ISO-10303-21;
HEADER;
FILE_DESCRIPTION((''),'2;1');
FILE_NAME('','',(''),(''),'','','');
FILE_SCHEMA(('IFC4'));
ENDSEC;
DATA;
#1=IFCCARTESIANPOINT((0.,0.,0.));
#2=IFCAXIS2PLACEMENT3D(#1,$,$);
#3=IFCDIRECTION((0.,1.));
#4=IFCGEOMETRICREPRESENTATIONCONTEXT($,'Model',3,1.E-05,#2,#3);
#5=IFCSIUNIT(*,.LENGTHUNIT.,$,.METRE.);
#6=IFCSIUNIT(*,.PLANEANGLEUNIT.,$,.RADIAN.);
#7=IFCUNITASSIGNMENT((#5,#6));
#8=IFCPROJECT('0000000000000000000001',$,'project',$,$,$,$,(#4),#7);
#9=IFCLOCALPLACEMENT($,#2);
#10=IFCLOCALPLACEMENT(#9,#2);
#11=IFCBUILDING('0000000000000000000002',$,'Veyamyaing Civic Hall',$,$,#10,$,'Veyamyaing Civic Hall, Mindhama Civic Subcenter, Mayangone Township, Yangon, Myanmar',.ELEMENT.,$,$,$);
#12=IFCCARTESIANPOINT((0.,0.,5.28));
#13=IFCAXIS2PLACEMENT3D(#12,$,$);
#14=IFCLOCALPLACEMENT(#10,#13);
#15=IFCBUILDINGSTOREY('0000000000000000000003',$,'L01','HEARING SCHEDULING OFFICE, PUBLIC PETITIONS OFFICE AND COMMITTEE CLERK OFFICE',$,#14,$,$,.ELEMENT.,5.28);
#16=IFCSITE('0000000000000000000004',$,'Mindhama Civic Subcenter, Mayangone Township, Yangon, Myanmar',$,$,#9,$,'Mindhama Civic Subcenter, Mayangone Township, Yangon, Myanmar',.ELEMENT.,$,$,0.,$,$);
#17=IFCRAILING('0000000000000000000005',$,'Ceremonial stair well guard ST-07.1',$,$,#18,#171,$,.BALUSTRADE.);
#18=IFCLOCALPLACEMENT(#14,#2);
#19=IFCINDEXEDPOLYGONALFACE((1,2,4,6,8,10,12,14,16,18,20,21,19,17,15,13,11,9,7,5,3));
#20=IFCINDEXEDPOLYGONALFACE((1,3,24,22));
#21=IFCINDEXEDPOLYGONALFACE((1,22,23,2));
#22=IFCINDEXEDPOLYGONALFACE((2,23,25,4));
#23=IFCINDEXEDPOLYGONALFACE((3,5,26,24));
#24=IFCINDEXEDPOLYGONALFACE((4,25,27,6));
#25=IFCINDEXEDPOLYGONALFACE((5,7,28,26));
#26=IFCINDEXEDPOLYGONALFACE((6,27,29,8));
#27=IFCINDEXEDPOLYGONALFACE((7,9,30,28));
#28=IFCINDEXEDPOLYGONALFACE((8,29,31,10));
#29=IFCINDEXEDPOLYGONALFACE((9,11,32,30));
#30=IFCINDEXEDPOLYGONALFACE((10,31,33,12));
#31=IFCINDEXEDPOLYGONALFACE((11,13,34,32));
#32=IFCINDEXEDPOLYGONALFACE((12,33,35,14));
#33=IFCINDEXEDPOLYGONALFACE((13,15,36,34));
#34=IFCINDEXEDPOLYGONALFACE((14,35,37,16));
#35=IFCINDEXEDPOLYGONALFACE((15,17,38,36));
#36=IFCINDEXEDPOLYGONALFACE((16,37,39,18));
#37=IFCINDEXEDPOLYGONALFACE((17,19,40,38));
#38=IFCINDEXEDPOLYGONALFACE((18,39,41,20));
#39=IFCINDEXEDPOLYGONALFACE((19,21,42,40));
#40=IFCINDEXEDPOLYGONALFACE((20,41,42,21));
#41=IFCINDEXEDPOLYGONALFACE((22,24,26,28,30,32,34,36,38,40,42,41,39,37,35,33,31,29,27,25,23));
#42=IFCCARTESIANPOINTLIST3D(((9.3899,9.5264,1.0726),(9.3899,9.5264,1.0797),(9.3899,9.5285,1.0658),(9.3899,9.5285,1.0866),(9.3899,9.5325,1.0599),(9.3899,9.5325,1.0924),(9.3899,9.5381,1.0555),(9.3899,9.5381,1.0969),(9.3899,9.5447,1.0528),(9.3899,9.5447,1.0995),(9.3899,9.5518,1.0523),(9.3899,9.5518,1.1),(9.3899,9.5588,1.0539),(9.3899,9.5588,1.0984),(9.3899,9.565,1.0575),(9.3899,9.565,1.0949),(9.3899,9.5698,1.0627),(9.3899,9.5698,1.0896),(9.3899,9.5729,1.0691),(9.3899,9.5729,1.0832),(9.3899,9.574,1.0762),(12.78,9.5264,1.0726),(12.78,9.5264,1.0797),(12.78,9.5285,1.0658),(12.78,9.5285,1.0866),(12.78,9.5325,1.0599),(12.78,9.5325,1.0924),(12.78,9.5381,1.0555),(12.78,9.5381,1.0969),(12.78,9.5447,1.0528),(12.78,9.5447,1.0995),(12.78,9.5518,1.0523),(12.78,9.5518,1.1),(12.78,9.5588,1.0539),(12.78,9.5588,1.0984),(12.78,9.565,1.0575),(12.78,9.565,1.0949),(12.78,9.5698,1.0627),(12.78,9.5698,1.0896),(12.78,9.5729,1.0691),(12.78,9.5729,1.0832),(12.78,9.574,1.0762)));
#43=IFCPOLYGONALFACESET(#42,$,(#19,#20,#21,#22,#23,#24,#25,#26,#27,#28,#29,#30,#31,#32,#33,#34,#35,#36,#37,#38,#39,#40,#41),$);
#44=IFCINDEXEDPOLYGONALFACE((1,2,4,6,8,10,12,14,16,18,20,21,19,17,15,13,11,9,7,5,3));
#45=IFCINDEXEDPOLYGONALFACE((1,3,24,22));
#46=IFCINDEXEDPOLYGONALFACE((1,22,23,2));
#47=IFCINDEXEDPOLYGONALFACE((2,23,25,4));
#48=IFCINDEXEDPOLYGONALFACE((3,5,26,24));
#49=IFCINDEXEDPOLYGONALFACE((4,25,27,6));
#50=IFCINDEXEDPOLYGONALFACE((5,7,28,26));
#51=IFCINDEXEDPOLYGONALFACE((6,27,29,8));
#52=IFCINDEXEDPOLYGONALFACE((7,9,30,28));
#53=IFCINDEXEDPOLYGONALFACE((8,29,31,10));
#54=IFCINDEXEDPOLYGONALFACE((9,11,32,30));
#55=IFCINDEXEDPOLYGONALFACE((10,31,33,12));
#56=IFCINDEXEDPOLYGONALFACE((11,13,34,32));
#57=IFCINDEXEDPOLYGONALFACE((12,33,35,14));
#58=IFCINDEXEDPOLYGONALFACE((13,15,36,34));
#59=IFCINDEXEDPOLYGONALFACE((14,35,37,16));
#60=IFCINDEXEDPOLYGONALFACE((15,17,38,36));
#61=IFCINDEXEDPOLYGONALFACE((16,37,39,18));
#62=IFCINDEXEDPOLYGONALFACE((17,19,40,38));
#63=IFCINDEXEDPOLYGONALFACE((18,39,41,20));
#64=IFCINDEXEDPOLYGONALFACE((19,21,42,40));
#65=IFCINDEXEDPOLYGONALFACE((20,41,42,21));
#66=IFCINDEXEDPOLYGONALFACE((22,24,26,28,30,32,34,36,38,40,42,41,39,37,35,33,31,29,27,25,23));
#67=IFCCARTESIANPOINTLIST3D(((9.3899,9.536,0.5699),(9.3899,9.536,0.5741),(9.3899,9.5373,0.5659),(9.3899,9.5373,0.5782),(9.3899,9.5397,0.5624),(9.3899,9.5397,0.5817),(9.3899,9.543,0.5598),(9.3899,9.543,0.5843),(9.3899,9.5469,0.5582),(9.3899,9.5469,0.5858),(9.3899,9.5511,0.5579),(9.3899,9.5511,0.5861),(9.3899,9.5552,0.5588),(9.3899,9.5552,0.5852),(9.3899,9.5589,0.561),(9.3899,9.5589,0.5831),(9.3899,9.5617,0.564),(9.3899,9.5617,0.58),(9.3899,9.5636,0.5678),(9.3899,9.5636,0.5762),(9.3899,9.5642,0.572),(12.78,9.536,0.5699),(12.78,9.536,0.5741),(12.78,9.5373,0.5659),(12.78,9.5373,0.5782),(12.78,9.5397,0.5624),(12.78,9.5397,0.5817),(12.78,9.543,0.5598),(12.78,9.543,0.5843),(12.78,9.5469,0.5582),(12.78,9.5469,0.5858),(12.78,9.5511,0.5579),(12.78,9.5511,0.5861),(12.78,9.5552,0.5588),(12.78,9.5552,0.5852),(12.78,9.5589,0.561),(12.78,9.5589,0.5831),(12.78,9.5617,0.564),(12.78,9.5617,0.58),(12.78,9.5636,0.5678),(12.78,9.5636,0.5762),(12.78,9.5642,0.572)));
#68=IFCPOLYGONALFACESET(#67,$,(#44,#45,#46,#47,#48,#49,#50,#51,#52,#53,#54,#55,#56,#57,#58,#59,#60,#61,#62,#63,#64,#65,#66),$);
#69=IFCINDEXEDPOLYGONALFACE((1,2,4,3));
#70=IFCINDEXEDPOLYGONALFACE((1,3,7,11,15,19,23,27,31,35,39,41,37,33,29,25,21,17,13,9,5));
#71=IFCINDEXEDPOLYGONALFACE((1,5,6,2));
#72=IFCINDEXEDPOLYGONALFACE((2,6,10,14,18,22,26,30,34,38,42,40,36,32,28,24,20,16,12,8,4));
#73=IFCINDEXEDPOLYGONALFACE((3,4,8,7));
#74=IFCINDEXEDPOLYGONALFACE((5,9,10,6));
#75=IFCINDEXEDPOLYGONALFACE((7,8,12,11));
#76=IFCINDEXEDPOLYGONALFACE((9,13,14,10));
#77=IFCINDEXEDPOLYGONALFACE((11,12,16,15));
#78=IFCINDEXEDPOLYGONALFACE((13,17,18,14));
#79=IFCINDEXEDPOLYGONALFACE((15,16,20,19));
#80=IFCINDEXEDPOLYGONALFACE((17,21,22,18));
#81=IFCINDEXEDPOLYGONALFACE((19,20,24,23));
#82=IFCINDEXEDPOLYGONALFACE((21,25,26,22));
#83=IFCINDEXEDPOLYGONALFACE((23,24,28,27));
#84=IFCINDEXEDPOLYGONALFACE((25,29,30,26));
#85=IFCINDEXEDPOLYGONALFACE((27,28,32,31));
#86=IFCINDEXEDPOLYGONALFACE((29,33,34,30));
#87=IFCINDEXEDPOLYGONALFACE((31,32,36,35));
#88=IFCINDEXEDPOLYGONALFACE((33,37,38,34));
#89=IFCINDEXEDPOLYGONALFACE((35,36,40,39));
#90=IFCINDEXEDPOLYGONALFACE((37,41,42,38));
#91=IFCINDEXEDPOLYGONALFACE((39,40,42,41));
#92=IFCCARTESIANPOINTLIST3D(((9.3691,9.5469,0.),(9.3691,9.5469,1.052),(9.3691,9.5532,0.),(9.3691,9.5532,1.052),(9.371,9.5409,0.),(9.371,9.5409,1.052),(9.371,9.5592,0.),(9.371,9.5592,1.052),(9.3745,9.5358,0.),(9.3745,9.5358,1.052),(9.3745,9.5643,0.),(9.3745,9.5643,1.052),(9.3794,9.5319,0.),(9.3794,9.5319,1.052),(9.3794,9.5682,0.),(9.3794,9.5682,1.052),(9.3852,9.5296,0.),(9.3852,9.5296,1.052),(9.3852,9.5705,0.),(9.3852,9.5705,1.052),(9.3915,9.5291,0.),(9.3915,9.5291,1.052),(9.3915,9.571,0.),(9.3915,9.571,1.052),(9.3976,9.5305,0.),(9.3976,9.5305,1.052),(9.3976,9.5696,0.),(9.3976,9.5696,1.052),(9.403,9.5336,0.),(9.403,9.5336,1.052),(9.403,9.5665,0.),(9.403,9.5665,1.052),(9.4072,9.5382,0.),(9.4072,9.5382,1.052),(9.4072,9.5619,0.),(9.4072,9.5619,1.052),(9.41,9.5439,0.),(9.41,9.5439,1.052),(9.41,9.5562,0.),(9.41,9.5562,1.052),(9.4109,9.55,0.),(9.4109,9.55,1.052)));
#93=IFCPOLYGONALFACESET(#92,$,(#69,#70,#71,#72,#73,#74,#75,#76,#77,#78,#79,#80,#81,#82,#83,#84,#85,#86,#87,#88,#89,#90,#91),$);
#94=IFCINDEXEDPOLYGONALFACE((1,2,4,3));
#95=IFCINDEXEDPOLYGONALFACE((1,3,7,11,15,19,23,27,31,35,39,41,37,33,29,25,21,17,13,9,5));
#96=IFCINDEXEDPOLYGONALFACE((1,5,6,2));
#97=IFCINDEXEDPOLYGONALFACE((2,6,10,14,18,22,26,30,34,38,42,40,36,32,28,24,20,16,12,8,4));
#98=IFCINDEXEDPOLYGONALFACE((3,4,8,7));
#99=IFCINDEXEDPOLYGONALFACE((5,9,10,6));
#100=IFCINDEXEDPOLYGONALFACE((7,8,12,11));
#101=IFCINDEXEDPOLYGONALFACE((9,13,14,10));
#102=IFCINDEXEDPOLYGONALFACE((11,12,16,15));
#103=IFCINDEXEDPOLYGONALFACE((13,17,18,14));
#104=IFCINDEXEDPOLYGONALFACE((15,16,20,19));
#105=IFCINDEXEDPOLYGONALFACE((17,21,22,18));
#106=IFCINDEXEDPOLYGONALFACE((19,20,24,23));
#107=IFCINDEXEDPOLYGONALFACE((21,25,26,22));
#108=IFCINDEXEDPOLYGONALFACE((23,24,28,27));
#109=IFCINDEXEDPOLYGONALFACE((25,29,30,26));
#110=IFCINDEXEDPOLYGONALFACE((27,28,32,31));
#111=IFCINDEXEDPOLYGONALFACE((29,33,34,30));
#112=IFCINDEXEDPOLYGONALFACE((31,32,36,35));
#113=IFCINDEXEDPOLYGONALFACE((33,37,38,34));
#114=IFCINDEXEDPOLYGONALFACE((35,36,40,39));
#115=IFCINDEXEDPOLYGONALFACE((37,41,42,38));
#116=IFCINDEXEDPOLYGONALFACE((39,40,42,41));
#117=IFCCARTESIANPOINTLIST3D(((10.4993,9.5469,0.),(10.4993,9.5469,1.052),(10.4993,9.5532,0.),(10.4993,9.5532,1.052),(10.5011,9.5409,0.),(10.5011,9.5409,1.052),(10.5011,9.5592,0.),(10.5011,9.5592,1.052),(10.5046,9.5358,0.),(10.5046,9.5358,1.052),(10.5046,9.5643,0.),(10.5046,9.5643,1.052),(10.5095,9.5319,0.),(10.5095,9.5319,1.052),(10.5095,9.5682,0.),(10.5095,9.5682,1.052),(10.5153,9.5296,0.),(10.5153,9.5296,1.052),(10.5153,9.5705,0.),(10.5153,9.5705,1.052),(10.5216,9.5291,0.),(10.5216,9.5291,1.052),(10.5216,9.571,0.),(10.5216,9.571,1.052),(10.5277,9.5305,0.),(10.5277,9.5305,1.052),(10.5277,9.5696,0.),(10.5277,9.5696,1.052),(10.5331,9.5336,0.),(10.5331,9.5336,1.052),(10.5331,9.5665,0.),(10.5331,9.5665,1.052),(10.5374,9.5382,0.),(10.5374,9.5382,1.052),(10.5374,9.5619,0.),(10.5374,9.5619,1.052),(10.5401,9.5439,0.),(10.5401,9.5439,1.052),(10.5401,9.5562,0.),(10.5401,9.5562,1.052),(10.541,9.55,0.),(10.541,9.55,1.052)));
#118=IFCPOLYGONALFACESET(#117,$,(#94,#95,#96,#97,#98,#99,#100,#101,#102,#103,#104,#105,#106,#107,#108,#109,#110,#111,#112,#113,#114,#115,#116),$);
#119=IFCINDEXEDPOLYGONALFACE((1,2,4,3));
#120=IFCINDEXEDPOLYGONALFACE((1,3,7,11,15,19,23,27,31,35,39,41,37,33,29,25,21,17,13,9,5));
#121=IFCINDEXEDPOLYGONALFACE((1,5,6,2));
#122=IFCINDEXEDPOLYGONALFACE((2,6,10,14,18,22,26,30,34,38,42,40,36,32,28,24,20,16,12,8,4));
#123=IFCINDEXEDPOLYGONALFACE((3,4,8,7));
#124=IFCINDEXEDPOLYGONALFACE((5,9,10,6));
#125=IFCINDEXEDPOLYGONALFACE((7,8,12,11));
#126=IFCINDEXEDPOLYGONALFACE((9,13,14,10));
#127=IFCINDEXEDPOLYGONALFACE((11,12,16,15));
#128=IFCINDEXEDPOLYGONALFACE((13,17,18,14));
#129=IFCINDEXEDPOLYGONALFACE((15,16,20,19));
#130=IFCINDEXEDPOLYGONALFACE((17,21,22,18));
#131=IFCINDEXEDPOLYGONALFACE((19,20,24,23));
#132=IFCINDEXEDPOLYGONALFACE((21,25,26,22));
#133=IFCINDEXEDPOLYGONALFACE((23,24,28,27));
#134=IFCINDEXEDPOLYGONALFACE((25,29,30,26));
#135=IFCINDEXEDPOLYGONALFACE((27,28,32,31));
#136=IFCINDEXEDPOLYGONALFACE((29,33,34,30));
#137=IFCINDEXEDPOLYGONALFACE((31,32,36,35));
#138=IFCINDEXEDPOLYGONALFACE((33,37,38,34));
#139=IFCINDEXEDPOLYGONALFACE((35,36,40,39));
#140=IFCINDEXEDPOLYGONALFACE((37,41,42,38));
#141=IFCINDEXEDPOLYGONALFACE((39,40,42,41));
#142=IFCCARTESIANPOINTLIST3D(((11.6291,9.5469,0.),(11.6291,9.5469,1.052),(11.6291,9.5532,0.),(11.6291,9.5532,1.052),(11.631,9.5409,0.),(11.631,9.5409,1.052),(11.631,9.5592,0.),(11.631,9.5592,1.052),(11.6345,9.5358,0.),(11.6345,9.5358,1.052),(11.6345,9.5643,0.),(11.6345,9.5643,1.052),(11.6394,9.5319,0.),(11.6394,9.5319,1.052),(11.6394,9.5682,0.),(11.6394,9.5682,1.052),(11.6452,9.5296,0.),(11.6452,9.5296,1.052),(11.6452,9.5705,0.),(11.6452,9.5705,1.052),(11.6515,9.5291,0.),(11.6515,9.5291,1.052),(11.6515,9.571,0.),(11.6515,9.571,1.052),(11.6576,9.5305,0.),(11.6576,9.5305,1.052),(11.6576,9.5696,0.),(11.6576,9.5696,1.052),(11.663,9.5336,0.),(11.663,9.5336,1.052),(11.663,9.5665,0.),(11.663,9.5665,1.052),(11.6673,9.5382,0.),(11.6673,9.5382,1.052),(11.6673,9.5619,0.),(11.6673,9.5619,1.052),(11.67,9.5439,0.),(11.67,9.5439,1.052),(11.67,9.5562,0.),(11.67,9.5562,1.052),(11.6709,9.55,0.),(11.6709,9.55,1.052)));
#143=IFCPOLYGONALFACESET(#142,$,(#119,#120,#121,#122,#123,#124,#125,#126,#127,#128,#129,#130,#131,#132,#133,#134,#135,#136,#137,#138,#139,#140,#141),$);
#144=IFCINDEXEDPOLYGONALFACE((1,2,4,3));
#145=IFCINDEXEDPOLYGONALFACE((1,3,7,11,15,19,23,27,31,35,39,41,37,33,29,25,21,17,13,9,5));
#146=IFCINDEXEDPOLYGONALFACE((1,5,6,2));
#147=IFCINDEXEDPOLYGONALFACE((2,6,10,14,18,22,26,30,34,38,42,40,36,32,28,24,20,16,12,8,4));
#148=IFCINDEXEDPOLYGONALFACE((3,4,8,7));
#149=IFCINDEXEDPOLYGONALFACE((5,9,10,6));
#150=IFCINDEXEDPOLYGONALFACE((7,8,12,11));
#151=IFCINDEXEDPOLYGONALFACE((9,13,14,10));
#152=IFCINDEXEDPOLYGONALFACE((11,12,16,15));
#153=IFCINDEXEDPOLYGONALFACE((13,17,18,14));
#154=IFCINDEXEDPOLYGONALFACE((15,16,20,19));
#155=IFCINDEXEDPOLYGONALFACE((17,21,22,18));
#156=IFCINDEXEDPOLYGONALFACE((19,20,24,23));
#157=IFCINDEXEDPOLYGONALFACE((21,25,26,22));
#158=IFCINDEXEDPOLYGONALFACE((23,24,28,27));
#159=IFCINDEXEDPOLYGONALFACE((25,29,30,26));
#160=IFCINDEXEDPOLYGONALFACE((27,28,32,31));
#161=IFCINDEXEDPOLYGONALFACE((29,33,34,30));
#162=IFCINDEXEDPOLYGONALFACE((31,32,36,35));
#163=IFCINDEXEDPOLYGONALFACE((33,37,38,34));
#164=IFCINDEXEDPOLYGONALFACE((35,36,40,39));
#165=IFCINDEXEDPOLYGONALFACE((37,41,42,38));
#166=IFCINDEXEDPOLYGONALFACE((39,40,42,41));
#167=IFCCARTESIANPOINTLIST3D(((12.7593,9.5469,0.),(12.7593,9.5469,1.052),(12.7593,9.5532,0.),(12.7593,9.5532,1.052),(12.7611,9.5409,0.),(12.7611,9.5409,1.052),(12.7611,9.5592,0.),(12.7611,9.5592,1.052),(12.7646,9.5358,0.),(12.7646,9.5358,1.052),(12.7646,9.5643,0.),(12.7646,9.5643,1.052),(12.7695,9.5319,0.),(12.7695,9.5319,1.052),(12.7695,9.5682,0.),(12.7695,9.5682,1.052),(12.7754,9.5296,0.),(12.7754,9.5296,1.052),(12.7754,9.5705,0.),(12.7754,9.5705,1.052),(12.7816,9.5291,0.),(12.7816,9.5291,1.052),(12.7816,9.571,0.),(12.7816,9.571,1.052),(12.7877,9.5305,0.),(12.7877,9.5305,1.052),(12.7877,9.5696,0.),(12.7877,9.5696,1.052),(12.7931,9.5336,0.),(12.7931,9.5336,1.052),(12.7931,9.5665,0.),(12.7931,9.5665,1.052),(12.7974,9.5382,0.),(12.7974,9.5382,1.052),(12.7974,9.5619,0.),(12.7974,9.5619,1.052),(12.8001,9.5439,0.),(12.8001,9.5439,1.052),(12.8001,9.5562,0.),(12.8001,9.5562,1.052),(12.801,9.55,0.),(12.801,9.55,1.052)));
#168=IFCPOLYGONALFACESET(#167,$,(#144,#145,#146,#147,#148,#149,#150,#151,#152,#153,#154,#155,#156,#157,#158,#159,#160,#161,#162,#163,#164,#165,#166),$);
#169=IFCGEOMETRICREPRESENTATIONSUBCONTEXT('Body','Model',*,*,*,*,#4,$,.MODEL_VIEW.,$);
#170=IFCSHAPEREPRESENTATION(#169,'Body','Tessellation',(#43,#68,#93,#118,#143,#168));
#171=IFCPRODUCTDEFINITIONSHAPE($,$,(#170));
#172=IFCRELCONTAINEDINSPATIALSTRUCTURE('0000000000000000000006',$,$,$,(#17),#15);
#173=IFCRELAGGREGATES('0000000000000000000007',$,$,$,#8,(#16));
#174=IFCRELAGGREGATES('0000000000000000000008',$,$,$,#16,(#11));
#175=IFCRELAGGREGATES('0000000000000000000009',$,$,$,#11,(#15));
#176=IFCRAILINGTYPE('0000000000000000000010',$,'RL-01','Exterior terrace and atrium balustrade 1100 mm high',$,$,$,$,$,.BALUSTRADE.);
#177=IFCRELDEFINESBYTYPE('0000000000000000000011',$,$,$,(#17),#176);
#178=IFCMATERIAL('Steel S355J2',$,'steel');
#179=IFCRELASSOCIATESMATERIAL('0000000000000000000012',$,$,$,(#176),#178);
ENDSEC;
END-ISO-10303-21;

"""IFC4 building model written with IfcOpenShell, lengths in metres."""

from ifc_helpers import new_model, si_unit, direction, frame, origin, origin_2d, place, context, subcontext, project, spatial, circle, extrude, material, type_object, element, save


model = new_model("IFC4")

# Units and contexts
model_context = context("Model", 3, precision=1e-05, world=origin(), true_north=direction((0.0, 1.0)))
body_context = subcontext(model_context, "Body", "Model", "MODEL_VIEW")
ifc_project = project(units=[si_unit("LENGTHUNIT", "METRE"), si_unit("PLANEANGLEUNIT", "RADIAN")], contexts=[model_context])

# Site, building, storey
site_placement = place(None, origin())
site = spatial("IfcSite", under=ifc_project, at=site_placement, Name="Mindhama Civic Subcenter, Mayangone Township, Yangon, Myanmar", LongName="Mindhama Civic Subcenter, Mayangone Township, Yangon, Myanmar", CompositionType="ELEMENT", RefElevation=0.0)
building_placement = place(site_placement, origin())
building = spatial("IfcBuilding", under=site, at=building_placement, Name="Veyamyaing Civic Hall", LongName="Veyamyaing Civic Hall, Mindhama Civic Subcenter, Mayangone Township, Yangon, Myanmar", CompositionType="ELEMENT")
storey_placement = place(building_placement, frame((0.0, 0.0, 5.28)))
storey = spatial("IfcBuildingStorey", under=building, at=storey_placement, Name="L01", Description="HEARING SCHEDULING OFFICE, PUBLIC PETITIONS OFFICE AND COMMITTEE CLERK OFFICE", CompositionType="ELEMENT", Elevation=5.28)

# Railing
ifc_material_1 = material(Name="Steel S355J2", Category="steel")
railing_type = type_object("IfcRailingType", Name="RL-01", Description="Exterior terrace and atrium balustrade 1100 mm high", PredefinedType="BALUSTRADE", material=ifc_material_1)
railing_1_placement = place(storey_placement, frame((9.3899, 9.55, 0.0)))
element("IfcRailing", 1, at=railing_1_placement, inside=storey, type_object=railing_type, Name="Ceremonial stair well guard ST-07.1", PredefinedType="BALUSTRADE", context=body_context, shape_type="SweptSolid", body=[
    extrude(circle(Radius=0.0239, at=origin_2d()), frame((0.0, 0.0, 1.0762), z_axis=(1.0, 0.0, 0.0), x_axis=(0.0, 1.0, 0.0)), (0.0, 0.0, 1.0), 3.3901),
    extrude(circle(Radius=0.0142, at=origin_2d()), frame((0.0, 0.0, 0.572), z_axis=(1.0, 0.0, 0.0), x_axis=(0.0, 1.0, 0.0)), (0.0, 0.0, 1.0), 3.3901),
    extrude(circle(Radius=0.021, at=origin_2d()), origin(), (0.0, 0.0, 1.0), 1.052),
    extrude(circle(Radius=0.021, at=origin_2d()), frame((1.1301, 0.0, 0.0)), (0.0, 0.0, 1.0), 1.052),
    extrude(circle(Radius=0.021, at=origin_2d()), frame((2.26, 0.0, 0.0)), (0.0, 0.0, 1.0), 1.052),
    extrude(circle(Radius=0.021, at=origin_2d()), frame((3.3901, 0.0, 0.0)), (0.0, 0.0, 1.0), 1.052),
])

save(model, "model.ifc")
